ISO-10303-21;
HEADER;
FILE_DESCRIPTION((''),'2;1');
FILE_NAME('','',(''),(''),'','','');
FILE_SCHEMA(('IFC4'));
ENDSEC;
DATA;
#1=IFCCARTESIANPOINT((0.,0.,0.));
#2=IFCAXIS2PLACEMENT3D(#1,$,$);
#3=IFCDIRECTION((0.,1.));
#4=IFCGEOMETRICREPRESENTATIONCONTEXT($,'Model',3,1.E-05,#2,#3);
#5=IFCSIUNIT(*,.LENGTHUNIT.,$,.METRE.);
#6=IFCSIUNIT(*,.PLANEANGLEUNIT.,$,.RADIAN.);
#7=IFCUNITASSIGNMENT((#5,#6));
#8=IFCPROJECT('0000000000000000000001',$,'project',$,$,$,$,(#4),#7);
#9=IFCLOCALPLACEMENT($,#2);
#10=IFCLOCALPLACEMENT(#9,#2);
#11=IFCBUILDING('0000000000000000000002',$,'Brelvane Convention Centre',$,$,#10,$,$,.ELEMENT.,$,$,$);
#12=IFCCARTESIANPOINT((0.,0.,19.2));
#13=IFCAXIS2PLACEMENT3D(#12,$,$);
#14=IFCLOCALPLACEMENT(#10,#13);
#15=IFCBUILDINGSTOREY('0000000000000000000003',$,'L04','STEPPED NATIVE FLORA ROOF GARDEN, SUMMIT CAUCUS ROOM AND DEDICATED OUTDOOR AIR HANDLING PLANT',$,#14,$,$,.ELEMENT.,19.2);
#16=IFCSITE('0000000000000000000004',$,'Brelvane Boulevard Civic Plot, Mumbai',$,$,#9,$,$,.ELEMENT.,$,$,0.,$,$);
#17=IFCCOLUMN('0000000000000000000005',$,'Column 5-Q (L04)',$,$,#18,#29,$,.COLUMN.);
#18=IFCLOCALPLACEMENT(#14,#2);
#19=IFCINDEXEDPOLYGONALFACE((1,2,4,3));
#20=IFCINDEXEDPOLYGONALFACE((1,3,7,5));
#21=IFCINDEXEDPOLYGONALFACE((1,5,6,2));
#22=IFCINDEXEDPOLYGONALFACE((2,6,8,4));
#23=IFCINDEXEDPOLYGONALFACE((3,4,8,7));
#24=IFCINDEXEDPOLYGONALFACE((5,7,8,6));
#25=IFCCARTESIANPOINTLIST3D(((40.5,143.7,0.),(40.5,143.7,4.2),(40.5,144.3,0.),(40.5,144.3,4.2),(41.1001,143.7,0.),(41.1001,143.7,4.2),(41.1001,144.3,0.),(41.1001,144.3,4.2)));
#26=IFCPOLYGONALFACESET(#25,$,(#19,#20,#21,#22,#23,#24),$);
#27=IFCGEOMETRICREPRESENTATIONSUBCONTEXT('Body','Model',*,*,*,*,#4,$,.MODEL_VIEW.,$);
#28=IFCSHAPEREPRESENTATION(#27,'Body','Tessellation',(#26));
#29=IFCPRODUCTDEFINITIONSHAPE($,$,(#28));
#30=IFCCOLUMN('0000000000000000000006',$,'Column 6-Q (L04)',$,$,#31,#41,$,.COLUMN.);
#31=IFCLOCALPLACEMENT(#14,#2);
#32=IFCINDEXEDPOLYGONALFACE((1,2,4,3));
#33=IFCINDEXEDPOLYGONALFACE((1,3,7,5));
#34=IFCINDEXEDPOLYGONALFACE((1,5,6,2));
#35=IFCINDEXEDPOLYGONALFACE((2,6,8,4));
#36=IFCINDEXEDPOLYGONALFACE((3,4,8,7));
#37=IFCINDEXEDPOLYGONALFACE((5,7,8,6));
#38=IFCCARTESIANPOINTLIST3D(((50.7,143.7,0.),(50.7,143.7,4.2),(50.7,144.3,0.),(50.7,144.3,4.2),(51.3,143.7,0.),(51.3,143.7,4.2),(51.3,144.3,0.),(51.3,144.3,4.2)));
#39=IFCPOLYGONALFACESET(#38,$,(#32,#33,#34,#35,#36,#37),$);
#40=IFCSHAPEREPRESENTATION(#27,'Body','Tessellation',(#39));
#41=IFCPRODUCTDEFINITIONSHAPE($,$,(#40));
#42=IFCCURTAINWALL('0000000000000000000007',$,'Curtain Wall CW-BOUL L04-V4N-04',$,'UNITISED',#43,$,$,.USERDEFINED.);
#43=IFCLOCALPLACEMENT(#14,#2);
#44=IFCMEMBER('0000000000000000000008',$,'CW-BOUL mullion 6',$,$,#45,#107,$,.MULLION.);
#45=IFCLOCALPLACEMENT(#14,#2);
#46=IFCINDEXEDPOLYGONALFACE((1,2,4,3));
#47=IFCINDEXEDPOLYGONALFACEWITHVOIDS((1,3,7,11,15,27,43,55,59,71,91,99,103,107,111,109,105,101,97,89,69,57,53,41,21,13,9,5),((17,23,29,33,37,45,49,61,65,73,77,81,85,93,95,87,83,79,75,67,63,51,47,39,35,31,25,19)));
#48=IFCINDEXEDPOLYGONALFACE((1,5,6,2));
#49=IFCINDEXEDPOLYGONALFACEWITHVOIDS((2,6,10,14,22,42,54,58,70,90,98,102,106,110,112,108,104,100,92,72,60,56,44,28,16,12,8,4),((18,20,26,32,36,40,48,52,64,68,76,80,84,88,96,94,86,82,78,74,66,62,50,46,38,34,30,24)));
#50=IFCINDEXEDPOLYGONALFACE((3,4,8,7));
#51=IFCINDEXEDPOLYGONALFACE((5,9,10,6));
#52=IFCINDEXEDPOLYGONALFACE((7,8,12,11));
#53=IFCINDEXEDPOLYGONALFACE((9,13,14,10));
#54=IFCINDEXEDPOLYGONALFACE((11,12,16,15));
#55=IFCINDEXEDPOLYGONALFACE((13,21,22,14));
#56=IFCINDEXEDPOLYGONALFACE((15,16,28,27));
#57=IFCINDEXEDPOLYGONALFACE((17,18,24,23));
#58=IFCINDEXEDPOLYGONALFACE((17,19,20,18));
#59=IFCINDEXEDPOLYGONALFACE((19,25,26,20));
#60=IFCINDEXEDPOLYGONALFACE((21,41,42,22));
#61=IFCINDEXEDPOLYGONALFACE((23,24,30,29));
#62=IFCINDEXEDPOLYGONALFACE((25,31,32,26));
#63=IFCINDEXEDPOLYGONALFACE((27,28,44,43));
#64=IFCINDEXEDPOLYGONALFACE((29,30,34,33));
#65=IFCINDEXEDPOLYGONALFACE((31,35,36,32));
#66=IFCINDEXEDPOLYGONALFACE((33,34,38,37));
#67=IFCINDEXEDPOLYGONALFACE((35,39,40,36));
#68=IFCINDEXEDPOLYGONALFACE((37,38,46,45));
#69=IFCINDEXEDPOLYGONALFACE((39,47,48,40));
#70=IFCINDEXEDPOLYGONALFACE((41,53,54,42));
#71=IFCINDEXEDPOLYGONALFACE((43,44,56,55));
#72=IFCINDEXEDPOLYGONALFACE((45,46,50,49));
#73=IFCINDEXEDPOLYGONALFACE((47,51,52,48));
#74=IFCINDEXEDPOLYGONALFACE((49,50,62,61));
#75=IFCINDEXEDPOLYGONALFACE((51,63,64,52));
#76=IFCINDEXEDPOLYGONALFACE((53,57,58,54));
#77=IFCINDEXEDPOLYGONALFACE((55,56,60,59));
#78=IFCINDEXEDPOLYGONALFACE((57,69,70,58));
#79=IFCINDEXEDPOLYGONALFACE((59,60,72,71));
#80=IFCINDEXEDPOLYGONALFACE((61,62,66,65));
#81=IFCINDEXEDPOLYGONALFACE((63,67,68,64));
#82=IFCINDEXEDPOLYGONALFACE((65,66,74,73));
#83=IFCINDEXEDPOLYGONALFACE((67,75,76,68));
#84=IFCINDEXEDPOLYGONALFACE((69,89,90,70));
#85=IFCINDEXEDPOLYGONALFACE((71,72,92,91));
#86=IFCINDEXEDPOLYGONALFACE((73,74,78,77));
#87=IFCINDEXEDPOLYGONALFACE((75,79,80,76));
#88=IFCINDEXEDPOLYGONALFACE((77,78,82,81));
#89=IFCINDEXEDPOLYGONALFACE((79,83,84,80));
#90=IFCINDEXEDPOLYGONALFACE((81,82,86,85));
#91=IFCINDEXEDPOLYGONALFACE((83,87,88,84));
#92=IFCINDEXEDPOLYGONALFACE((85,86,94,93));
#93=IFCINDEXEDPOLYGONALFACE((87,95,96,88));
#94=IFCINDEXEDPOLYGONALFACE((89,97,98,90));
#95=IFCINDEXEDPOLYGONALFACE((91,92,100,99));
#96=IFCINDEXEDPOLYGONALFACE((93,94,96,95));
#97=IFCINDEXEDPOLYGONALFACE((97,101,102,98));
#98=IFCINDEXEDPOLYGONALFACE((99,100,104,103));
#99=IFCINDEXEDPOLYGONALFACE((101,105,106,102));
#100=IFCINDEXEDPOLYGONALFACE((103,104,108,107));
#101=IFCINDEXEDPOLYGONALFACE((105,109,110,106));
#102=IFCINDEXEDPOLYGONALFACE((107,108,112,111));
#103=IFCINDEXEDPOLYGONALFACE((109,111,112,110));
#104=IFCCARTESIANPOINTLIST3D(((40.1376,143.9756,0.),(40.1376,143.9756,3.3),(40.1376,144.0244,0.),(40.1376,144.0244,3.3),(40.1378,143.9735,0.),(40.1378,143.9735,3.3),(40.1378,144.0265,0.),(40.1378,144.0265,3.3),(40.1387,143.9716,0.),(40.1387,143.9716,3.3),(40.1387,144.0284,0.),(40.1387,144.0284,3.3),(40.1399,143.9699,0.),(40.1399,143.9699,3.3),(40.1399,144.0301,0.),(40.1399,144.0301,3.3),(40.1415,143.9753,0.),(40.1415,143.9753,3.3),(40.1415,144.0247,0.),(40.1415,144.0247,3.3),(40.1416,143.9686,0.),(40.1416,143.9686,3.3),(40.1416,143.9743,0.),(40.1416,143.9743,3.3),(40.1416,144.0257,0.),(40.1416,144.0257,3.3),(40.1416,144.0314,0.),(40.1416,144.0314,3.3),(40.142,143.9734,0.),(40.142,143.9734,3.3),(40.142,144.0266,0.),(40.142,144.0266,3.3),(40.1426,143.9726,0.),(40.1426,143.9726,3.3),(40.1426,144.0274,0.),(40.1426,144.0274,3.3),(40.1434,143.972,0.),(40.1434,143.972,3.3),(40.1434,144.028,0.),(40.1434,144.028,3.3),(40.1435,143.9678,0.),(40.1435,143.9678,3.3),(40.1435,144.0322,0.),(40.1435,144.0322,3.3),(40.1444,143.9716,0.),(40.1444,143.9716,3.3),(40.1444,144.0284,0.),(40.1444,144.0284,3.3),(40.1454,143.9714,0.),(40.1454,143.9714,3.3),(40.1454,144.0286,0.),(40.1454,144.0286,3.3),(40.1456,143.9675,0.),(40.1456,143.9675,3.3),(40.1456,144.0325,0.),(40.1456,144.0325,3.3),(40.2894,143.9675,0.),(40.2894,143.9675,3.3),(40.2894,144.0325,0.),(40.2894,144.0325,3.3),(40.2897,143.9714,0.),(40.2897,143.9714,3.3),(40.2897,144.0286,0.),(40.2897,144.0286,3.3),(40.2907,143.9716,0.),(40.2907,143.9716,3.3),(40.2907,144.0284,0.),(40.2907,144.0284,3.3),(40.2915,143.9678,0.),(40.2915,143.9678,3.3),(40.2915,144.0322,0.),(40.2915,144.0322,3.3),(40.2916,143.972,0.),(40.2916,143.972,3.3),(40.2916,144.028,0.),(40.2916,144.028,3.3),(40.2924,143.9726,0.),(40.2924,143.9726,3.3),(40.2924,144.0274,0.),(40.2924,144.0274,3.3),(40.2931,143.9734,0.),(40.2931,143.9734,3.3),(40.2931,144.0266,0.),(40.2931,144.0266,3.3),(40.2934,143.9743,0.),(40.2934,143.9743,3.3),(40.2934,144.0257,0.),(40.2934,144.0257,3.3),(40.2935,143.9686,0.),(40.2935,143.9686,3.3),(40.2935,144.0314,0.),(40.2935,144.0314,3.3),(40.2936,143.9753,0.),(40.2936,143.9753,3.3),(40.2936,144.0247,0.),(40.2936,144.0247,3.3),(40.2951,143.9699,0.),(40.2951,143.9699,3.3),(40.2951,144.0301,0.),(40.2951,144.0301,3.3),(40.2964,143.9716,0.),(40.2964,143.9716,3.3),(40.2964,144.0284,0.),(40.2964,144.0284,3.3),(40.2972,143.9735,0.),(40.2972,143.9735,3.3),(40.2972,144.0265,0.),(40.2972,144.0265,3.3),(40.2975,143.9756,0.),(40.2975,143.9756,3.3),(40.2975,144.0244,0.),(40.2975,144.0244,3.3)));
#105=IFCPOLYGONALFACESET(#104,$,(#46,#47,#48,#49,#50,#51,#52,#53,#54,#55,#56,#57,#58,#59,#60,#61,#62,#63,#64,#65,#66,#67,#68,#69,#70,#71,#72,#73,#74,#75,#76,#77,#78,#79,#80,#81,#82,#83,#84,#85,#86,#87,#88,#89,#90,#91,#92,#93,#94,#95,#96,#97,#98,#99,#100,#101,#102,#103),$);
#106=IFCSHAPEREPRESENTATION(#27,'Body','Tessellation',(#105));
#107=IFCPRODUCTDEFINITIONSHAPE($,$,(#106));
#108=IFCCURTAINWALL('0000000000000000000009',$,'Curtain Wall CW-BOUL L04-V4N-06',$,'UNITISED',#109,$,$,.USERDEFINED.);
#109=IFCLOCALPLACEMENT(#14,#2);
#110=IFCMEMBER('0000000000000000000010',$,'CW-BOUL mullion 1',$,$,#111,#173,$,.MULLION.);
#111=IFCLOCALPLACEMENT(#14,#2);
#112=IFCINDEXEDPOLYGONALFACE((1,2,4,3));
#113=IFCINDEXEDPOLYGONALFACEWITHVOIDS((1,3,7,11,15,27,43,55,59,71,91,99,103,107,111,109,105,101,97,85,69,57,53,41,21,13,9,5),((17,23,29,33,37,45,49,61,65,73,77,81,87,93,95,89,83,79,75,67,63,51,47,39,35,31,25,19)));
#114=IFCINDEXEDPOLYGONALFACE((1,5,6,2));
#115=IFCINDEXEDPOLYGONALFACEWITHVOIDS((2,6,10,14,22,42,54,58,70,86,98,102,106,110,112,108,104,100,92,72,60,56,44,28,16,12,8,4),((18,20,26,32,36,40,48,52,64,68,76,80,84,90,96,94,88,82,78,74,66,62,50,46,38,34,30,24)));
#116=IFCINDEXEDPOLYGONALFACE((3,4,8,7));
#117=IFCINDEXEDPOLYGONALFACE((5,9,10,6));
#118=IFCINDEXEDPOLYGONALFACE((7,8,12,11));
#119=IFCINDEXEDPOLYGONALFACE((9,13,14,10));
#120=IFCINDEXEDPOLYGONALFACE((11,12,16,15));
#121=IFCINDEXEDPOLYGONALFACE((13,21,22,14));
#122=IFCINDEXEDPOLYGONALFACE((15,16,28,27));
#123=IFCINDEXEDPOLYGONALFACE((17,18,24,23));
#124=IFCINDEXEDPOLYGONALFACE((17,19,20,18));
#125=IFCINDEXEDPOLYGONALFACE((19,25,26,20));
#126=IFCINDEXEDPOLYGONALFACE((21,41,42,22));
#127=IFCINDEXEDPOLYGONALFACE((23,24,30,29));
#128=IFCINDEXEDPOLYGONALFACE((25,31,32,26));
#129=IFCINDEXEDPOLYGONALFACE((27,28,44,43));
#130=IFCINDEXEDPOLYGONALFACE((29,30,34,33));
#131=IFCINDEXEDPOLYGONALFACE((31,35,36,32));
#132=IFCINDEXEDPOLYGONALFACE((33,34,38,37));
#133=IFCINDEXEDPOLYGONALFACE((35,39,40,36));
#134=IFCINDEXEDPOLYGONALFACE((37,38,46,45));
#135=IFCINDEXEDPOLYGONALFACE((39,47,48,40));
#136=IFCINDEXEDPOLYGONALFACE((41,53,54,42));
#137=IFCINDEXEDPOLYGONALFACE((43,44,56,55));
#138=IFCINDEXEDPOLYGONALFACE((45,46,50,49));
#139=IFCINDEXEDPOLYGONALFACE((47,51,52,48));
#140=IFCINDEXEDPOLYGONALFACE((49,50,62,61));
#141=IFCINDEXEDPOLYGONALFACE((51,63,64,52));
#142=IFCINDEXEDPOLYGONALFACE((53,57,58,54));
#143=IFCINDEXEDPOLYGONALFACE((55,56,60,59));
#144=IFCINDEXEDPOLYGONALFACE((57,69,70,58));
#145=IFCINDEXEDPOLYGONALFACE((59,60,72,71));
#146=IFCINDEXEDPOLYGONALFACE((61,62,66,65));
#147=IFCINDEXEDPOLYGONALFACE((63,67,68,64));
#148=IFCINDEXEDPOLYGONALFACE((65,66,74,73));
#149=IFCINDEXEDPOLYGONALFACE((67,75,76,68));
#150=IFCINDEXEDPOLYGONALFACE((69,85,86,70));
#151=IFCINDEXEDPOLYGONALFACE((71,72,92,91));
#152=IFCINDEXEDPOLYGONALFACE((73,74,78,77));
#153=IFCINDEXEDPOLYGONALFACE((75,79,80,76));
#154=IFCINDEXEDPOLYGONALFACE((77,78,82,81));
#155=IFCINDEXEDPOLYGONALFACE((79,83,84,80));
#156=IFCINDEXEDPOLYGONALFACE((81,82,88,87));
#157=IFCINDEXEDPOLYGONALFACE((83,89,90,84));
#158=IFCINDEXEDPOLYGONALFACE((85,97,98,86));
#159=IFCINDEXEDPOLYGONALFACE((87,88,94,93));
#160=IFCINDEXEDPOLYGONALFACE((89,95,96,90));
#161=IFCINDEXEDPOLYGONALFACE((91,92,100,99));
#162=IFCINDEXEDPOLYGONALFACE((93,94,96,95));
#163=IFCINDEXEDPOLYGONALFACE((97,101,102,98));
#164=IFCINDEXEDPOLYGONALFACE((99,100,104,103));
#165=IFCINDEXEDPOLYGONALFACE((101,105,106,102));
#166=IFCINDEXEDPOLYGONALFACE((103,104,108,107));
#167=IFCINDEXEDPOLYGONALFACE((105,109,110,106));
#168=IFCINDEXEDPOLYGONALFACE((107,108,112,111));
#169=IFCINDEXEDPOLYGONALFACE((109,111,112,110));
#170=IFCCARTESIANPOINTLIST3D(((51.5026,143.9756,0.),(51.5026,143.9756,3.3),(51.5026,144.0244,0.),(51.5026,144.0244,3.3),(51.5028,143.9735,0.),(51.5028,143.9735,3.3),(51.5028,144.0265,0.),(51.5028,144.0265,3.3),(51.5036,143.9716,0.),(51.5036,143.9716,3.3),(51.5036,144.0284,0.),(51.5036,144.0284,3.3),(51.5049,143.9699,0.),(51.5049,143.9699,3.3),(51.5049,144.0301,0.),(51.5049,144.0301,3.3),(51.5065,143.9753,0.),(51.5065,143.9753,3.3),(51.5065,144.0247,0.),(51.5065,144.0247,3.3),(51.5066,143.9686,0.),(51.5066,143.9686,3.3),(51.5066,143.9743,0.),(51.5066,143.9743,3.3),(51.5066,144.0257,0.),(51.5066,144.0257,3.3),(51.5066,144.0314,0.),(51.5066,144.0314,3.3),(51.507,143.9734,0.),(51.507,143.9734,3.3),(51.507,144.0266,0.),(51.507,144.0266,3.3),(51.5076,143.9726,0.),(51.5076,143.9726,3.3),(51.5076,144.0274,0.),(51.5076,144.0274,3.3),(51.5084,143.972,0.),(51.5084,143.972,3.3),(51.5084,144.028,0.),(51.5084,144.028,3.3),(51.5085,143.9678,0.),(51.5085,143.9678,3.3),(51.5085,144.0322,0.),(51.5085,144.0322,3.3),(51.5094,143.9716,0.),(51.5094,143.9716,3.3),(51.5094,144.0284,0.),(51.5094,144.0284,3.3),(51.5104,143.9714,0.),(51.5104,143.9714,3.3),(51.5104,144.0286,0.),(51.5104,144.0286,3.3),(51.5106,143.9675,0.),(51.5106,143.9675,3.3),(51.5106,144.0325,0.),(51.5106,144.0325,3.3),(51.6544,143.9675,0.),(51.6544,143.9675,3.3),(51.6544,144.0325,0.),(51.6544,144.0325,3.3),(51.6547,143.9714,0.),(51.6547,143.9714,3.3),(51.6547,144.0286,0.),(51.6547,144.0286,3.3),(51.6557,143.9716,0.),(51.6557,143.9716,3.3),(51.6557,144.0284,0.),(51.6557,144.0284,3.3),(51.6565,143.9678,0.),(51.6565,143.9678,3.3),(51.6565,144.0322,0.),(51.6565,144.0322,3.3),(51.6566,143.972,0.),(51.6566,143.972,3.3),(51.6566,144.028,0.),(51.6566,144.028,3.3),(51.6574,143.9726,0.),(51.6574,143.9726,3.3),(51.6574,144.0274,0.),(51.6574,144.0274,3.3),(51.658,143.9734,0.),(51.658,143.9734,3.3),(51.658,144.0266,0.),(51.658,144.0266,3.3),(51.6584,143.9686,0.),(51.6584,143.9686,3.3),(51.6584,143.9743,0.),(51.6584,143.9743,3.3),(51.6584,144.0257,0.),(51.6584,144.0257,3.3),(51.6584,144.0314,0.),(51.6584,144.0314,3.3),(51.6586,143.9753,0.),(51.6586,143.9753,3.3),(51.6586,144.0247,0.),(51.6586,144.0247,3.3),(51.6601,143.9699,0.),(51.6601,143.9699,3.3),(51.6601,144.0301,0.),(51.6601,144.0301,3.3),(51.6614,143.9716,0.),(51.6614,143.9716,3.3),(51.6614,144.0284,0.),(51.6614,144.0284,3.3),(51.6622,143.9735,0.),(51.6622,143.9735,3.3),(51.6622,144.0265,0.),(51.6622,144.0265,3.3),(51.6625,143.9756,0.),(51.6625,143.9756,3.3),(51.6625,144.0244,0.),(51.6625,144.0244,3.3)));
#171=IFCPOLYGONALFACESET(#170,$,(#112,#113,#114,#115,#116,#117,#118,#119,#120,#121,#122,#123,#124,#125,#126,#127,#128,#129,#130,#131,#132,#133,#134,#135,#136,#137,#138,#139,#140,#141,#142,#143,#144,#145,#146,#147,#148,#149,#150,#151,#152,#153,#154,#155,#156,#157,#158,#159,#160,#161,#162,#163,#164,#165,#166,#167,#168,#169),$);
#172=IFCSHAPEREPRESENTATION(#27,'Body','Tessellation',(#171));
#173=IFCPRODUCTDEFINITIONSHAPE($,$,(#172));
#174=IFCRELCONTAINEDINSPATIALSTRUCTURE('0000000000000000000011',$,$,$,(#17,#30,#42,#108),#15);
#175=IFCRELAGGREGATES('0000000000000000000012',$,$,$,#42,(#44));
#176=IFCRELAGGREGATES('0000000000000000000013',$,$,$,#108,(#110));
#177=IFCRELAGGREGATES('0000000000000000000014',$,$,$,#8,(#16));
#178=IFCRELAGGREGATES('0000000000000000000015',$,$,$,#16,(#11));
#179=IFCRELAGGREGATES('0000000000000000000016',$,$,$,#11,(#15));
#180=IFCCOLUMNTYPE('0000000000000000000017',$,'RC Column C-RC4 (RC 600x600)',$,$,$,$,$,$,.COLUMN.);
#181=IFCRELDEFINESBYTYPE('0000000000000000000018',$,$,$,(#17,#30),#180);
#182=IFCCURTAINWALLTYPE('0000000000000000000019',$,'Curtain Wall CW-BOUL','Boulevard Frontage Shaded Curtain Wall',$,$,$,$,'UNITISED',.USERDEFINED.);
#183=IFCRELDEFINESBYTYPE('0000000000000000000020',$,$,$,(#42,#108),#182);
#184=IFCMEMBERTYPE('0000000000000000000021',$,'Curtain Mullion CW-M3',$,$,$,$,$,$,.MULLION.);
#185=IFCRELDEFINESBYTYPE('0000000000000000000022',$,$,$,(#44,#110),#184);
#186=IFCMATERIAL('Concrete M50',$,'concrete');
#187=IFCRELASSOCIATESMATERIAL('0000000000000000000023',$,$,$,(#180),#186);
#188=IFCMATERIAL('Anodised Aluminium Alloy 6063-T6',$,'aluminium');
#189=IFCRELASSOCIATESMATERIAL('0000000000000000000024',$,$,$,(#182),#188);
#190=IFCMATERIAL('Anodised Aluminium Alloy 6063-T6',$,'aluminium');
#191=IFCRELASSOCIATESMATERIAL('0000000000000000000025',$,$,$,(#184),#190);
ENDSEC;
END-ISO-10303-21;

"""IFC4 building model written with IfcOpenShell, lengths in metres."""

from ifc_helpers import new_model, si_unit, direction, frame, origin, origin_2d, place, context, subcontext, project, spatial, rectangle, hollow_rectangle, extrude, material, material_profile, profile_set, type_object, element, aggregate, save


model = new_model("IFC4")

# Units and contexts
model_context = context("Model", 3, precision=1e-05, world=origin(), true_north=direction((0.0, 1.0)))
body_context = subcontext(model_context, "Body", "Model", "MODEL_VIEW")
ifc_project = project(units=[si_unit("LENGTHUNIT", "METRE"), si_unit("PLANEANGLEUNIT", "RADIAN")], contexts=[model_context])

# Site, building, storey
site_placement = place(None, origin())
site = spatial("IfcSite", under=ifc_project, at=site_placement, Name="Brelvane Boulevard Civic Plot, Mumbai", CompositionType="ELEMENT", RefElevation=0.0)
building_placement = place(site_placement, origin())
building = spatial("IfcBuilding", under=site, at=building_placement, Name="Brelvane Convention Centre", CompositionType="ELEMENT")
storey_placement = place(building_placement, frame((0.0, 0.0, 19.2)))
storey = spatial("IfcBuildingStorey", under=building, at=storey_placement, Name="L04", Description="STEPPED NATIVE FLORA ROOF GARDEN, SUMMIT CAUCUS ROOM AND DEDICATED OUTDOOR AIR HANDLING PLANT", CompositionType="ELEMENT", Elevation=19.2)

# Columns
ifc_material_1 = material(Name="Concrete M50", Category="concrete")
ifc_material_profile_1 = material_profile(ifc_material_1, rectangle(XDim=0.6001, YDim=0.6001, at=origin_2d()), Name="RC 600x600")
ifc_profile_set_1 = profile_set([ifc_material_profile_1], Name="Concrete M50")
column_type = type_object("IfcColumnType", Name="RC Column C-RC4 (RC 600x600)", PredefinedType="COLUMN", material=ifc_profile_set_1)
for number, where, z_axis, x_axis, name in (
    (1, (40.8, 144.0, 0.0), (0.0, 0.0, 1.0), (1.0, 0.0, 0.0), "Column 5-Q (L04)"),
    (2, (51.0, 144.0, 0.0), (0.0, 0.0, 1.0), (1.0, 0.0, 0.0), "Column 6-Q (L04)"),
):
    element("IfcColumn", number, at=place(storey_placement, frame(where, z_axis=z_axis, x_axis=x_axis)), inside=storey, type_object=column_type, Name=name, PredefinedType="COLUMN", context=body_context, shape_type="SweptSolid", body=[
        extrude(rectangle(XDim=0.6001, YDim=0.6001, at=origin_2d()), origin(), (0.0, 0.0, 1.0), 4.2),
    ])

# Curtain wall, member
ifc_material_2 = material(Name="Anodised Aluminium Alloy 6063-T6", Category="aluminium")
curtain_wall_type = type_object("IfcCurtainWallType", Name="Curtain Wall CW-BOUL", Description="Boulevard Frontage Shaded Curtain Wall", ElementType="UNITISED", PredefinedType="USERDEFINED", material=ifc_material_2)
curtain_wall_1_placement = place(storey_placement, origin())
curtain_wall_1 = element("IfcCurtainWall", 3, at=curtain_wall_1_placement, inside=storey, type_object=curtain_wall_type, Name="Curtain Wall CW-BOUL L04-V4N-04", ObjectType="UNITISED", PredefinedType="USERDEFINED")
ifc_material_3 = material(Name="Anodised Aluminium Alloy 6063-T6", Category="aluminium")
ifc_material_profile_2 = material_profile(ifc_material_3, hollow_rectangle(XDim=0.0649, YDim=0.1599, WallThickness=0.0039, InnerFilletRadius=0.0039, OuterFilletRadius=0.0081, at=origin_2d()), Name="ALU-M 160x65x4.0")
ifc_profile_set_2 = profile_set([ifc_material_profile_2], Name="Anodised Aluminium Alloy 6063-T6")
member_type_1 = type_object("IfcMemberType", Name="Curtain Mullion CW-M3", PredefinedType="MULLION", material=ifc_profile_set_2)
member_1_placement = place(storey_placement, frame((40.2175, 144.0, 0.0), z_axis=(0.0, 0.0, 1.0), x_axis=(0.0, 1.0, 0.0)))
member_1 = element("IfcMember", 4, at=member_1_placement, type_object=member_type_1, Name="CW-BOUL mullion 6", PredefinedType="MULLION", context=body_context, shape_type="SweptSolid", body=[
    extrude(hollow_rectangle(XDim=0.0649, YDim=0.1599, WallThickness=0.0039, InnerFilletRadius=0.0039, OuterFilletRadius=0.0081, at=origin_2d()), origin(), (0.0, 0.0, 1.0), 3.3),
])

# Curtain wall, member
curtain_wall_2_placement = place(storey_placement, origin())
curtain_wall_2 = element("IfcCurtainWall", 5, at=curtain_wall_2_placement, inside=storey, type_object=curtain_wall_type, Name="Curtain Wall CW-BOUL L04-V4N-06", ObjectType="UNITISED", PredefinedType="USERDEFINED")
member_2_placement = place(storey_placement, frame((51.5825, 144.0, 0.0), z_axis=(0.0, 0.0, 1.0), x_axis=(0.0, 1.0, 0.0)))
member_2 = element("IfcMember", 6, at=member_2_placement, type_object=member_type_1, Name="CW-BOUL mullion 1", PredefinedType="MULLION", context=body_context, shape_type="SweptSolid", body=[
    extrude(hollow_rectangle(XDim=0.0649, YDim=0.1599, WallThickness=0.0039, InnerFilletRadius=0.0039, OuterFilletRadius=0.0081, at=origin_2d()), origin(), (0.0, 0.0, 1.0), 3.3),
])

aggregate(curtain_wall_1, [member_1])
aggregate(curtain_wall_2, [member_2])

save(model, "model.ifc")
